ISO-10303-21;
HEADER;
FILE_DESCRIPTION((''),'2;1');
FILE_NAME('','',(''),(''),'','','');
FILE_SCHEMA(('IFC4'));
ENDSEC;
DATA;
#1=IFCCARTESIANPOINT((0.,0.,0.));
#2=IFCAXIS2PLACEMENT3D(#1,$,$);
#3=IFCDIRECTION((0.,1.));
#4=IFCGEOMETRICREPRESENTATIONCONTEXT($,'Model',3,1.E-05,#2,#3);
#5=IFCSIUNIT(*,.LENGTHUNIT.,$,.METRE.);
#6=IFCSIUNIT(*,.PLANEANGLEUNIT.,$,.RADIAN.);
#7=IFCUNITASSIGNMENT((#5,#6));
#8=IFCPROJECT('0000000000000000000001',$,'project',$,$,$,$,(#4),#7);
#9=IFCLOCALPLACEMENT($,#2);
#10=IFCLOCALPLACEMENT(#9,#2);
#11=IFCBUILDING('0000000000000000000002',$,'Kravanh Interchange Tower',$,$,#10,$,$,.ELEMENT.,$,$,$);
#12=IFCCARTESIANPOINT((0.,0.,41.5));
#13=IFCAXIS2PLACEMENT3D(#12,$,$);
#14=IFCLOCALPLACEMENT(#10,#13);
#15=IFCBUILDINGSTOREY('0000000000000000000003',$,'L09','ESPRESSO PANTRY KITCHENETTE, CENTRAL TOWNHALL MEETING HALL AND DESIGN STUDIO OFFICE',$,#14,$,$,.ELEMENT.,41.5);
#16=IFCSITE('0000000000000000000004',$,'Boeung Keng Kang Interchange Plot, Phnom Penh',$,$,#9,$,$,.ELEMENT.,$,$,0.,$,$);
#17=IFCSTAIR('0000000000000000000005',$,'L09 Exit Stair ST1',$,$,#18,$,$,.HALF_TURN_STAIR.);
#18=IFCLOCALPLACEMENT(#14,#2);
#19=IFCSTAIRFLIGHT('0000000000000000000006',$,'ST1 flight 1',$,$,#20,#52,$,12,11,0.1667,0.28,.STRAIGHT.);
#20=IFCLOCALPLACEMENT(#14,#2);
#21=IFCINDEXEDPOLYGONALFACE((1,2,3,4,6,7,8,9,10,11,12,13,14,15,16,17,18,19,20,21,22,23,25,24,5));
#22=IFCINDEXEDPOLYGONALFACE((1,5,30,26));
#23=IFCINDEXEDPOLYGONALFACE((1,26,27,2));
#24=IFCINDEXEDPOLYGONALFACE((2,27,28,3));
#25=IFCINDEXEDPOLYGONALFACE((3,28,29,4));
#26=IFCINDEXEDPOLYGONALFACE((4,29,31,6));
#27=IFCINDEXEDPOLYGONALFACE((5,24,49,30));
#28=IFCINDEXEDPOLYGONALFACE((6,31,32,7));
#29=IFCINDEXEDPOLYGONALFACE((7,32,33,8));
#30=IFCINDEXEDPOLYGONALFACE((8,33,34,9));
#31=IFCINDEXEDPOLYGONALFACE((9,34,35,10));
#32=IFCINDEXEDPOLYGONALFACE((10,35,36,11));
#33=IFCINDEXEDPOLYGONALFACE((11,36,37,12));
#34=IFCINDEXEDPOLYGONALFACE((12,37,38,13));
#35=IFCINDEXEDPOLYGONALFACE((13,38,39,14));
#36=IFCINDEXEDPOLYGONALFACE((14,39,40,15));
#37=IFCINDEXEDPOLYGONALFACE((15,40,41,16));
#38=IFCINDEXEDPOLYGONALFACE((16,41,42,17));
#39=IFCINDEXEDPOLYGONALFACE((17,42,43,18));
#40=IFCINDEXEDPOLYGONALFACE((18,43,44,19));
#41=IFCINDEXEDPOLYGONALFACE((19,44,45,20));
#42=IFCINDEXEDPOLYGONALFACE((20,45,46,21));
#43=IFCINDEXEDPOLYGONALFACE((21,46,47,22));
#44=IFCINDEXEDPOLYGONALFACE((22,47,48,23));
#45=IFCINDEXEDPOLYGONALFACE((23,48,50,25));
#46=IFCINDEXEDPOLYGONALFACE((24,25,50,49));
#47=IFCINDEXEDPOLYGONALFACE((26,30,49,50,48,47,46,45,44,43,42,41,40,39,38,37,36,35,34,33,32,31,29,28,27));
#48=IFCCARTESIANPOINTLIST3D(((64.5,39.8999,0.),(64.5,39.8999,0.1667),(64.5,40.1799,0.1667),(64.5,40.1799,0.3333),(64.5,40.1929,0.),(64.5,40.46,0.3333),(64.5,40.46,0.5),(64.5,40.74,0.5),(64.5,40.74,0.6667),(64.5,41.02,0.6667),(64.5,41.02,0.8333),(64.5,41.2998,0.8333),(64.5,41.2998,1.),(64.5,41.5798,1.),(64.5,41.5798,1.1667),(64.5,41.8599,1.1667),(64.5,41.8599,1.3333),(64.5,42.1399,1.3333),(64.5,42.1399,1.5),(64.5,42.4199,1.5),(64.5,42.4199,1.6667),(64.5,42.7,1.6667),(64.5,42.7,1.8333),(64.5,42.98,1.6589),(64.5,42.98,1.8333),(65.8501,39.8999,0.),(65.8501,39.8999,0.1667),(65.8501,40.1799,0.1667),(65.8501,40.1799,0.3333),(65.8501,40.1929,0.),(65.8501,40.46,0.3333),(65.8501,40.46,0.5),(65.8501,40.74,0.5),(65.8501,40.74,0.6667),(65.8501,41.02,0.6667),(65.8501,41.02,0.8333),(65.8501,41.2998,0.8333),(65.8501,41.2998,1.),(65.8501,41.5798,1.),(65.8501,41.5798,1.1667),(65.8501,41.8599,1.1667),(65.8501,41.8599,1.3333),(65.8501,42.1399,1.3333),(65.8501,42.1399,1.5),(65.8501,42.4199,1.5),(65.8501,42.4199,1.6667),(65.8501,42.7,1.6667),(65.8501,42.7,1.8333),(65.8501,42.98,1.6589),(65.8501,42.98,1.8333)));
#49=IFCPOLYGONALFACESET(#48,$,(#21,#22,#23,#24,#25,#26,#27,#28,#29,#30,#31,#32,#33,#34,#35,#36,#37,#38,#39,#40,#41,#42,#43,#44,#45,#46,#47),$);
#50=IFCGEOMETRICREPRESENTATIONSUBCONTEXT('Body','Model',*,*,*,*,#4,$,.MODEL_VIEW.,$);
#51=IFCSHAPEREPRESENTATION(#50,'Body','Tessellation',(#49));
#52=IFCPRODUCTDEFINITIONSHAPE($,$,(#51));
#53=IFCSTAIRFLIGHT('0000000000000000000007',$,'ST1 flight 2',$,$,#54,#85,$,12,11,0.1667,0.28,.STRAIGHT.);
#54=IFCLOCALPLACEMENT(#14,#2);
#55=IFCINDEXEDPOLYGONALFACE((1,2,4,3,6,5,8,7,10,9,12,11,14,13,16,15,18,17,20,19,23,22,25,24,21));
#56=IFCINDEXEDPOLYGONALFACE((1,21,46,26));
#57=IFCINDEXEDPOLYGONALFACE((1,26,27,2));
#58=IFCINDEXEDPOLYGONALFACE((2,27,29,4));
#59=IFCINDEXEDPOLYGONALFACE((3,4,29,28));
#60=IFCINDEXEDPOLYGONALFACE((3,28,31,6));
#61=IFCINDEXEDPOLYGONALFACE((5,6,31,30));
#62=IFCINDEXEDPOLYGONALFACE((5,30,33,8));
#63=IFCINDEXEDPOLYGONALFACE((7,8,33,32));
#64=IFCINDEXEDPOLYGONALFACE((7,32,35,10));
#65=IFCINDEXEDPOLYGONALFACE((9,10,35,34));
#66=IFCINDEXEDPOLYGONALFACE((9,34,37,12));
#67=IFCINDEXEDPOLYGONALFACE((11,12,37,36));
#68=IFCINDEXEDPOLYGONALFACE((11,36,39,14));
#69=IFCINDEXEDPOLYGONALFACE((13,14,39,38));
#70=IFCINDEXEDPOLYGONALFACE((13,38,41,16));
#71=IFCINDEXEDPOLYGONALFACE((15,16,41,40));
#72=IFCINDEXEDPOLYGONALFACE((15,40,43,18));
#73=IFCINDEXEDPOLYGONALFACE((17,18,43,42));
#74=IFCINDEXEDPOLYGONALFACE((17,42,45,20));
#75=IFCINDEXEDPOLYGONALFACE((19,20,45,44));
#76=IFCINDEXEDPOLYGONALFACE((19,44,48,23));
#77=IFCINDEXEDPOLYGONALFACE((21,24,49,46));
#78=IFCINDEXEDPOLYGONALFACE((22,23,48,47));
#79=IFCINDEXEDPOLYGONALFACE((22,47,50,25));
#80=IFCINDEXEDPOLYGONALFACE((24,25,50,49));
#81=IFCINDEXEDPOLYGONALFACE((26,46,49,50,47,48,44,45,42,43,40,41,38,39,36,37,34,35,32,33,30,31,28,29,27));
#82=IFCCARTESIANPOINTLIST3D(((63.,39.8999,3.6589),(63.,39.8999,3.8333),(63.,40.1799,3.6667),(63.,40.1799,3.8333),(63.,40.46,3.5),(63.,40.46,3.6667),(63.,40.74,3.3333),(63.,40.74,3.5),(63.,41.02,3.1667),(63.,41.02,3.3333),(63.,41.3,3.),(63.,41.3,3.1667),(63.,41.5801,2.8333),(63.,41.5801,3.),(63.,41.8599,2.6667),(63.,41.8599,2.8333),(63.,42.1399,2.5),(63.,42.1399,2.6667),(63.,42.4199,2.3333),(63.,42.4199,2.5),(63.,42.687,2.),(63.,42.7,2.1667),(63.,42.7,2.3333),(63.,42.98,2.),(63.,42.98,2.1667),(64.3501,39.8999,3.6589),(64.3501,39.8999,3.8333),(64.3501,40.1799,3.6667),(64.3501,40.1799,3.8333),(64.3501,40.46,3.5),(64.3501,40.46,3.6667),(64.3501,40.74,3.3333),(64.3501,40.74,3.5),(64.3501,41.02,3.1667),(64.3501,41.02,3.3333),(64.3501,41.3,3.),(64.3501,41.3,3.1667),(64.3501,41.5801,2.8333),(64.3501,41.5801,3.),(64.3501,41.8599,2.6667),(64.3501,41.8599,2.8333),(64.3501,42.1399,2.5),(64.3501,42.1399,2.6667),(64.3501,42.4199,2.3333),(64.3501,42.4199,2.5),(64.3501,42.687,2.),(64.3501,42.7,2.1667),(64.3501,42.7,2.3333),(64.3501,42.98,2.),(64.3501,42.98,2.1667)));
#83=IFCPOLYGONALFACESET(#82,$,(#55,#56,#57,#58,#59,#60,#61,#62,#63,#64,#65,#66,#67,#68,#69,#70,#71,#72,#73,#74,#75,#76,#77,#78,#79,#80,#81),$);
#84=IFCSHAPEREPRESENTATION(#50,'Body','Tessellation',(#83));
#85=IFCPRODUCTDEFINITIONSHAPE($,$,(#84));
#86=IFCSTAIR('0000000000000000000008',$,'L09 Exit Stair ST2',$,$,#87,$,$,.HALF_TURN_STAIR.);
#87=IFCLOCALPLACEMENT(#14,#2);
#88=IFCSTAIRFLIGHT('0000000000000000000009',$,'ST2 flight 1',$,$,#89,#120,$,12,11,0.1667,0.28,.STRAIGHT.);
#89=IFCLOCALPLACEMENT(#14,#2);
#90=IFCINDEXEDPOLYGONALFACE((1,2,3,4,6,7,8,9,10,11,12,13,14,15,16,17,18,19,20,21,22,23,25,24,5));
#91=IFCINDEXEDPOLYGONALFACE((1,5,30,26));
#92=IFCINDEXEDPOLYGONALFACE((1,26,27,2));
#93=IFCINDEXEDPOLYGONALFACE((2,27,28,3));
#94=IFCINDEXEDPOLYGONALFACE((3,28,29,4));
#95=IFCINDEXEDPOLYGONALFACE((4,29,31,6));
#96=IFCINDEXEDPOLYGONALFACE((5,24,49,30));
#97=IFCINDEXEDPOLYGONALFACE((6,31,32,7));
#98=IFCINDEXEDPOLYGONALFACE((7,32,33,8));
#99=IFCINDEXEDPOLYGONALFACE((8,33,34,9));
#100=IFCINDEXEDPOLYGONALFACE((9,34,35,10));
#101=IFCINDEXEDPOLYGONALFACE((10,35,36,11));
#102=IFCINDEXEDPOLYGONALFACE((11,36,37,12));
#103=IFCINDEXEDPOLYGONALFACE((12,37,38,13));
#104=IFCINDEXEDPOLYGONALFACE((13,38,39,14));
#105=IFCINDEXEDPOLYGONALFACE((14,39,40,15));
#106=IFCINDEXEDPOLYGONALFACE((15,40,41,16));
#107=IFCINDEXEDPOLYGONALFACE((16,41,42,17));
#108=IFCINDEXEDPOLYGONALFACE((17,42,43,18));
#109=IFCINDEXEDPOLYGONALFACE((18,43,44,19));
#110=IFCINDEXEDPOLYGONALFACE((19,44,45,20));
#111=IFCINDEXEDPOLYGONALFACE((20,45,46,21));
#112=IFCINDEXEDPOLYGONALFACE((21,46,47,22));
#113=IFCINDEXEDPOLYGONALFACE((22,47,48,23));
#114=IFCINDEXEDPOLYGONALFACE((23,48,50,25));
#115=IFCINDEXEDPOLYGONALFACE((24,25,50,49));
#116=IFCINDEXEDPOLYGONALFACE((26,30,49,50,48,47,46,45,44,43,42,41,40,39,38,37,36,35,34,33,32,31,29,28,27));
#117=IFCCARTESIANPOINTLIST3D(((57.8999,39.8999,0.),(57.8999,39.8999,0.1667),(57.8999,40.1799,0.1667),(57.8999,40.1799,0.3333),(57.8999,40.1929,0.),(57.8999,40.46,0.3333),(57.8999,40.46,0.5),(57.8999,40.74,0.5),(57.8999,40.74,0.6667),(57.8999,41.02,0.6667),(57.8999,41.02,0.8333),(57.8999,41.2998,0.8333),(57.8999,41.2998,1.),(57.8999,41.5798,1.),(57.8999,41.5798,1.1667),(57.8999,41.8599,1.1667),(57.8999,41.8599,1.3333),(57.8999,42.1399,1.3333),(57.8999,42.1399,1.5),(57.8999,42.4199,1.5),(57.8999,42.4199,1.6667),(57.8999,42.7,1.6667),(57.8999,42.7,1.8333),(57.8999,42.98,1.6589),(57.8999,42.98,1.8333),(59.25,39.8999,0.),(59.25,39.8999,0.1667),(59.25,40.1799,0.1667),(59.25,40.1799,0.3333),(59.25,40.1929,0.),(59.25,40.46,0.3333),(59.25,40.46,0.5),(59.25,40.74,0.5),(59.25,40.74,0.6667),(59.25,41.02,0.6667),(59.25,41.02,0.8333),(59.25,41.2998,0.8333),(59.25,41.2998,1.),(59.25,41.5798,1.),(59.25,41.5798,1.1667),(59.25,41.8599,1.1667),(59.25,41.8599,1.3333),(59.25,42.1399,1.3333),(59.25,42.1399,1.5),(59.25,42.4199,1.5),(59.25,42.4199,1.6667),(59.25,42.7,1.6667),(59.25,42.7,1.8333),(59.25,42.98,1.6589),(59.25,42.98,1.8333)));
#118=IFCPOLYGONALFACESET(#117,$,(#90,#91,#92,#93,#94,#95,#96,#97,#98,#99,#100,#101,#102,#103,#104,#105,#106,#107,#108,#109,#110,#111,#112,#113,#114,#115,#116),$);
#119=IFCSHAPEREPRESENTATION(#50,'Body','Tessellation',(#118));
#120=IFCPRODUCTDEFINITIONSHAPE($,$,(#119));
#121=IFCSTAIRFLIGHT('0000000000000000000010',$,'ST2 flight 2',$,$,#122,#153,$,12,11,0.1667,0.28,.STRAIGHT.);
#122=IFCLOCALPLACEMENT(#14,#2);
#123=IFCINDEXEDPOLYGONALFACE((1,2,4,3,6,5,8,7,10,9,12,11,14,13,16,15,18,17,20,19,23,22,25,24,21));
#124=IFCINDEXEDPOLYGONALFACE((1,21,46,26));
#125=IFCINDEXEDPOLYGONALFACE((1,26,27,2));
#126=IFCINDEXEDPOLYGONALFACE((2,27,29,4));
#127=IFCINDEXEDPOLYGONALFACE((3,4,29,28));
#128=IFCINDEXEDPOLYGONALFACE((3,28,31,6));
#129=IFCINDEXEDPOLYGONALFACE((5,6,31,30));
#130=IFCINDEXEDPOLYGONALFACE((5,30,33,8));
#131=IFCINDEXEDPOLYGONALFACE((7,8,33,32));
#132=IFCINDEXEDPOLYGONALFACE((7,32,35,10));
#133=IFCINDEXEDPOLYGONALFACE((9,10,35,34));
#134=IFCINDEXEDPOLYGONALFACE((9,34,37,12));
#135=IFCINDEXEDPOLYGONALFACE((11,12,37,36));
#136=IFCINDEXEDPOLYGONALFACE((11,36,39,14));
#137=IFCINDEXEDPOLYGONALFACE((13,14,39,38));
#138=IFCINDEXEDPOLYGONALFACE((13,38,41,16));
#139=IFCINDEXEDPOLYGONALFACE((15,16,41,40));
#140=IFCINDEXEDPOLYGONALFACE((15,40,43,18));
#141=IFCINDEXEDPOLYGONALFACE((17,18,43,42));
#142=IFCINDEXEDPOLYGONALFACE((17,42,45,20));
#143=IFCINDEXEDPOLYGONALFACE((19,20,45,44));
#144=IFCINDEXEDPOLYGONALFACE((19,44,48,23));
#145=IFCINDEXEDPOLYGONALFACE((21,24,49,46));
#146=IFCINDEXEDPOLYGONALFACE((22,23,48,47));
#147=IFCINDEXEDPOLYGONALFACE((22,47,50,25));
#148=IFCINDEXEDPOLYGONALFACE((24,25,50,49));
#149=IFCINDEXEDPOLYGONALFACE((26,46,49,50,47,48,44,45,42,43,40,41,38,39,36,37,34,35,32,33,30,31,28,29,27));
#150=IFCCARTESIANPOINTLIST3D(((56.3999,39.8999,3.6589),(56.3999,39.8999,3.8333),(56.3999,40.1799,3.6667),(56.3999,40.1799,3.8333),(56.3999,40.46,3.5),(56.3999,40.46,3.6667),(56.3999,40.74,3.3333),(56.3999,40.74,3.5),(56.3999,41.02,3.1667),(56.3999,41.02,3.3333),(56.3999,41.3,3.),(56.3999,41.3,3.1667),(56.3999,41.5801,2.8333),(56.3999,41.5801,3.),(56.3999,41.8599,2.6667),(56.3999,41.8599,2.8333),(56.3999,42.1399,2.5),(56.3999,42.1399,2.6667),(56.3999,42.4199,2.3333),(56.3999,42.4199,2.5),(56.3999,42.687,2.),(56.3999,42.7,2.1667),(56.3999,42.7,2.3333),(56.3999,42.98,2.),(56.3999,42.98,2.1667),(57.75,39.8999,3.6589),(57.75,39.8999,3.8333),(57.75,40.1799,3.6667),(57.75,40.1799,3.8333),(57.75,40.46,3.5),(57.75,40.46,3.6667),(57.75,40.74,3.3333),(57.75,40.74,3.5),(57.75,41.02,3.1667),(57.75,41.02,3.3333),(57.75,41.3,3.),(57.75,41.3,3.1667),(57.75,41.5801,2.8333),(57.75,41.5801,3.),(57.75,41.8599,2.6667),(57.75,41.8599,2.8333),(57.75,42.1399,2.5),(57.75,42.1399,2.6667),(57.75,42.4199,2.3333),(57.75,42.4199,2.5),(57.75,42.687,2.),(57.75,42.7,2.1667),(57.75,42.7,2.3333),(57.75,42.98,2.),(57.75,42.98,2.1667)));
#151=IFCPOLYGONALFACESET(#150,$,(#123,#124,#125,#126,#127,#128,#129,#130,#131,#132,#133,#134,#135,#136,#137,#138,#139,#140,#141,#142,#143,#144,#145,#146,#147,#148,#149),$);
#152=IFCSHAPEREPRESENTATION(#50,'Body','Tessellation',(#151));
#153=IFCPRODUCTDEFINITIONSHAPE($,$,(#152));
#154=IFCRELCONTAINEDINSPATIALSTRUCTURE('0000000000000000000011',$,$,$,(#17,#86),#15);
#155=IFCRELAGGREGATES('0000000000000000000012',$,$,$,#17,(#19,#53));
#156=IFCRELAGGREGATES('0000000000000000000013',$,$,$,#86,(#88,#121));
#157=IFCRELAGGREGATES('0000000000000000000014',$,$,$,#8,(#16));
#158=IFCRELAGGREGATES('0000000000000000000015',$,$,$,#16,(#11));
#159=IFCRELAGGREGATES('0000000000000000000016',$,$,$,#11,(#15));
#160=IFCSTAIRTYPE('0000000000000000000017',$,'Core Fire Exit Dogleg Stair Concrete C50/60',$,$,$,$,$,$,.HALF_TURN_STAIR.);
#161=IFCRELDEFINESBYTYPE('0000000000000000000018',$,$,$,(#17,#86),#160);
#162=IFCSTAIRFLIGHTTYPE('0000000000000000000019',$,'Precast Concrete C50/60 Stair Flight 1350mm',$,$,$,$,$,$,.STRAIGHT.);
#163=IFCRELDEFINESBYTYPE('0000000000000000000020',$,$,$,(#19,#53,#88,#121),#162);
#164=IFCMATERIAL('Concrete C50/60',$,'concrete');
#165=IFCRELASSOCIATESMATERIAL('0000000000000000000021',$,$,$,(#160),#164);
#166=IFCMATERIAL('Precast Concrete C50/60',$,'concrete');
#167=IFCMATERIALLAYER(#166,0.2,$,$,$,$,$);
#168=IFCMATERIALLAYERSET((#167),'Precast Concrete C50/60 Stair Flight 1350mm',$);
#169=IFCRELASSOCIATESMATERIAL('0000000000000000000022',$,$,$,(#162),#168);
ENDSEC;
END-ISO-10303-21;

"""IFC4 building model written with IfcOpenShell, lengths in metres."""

from ifc_helpers import new_model, si_unit, direction, frame, origin, place, context, subcontext, project, spatial, polyline, outline, extrude, material, layer, layer_set, type_object, element, aggregate, save


model = new_model("IFC4")

# Units and contexts
model_context = context("Model", 3, precision=1e-05, world=origin(), true_north=direction((0.0, 1.0)))
body_context = subcontext(model_context, "Body", "Model", "MODEL_VIEW")
ifc_project = project(units=[si_unit("LENGTHUNIT", "METRE"), si_unit("PLANEANGLEUNIT", "RADIAN")], contexts=[model_context])

# Site, building, storey
site_placement = place(None, origin())
site = spatial("IfcSite", under=ifc_project, at=site_placement, Name="Boeung Keng Kang Interchange Plot, Phnom Penh", CompositionType="ELEMENT", RefElevation=0.0)
building_placement = place(site_placement, origin())
building = spatial("IfcBuilding", under=site, at=building_placement, Name="Kravanh Interchange Tower", CompositionType="ELEMENT")
storey_placement = place(building_placement, frame((0.0, 0.0, 41.5)))
storey = spatial("IfcBuildingStorey", under=building, at=storey_placement, Name="L09", Description="ESPRESSO PANTRY KITCHENETTE, CENTRAL TOWNHALL MEETING HALL AND DESIGN STUDIO OFFICE", CompositionType="ELEMENT", Elevation=41.5)

# Stairs, stair flights
ifc_material_1 = material(Name="Concrete C50/60", Category="concrete")
stair_type = type_object("IfcStairType", Name="Core Fire Exit Dogleg Stair Concrete C50/60", PredefinedType="HALF_TURN_STAIR", material=ifc_material_1)
stair_1_placement = place(storey_placement, origin())
stair_1 = element("IfcStair", 1, at=stair_1_placement, inside=storey, type_object=stair_type, Name="L09 Exit Stair ST1", PredefinedType="HALF_TURN_STAIR")
ifc_material_2 = material(Name="Precast Concrete C50/60", Category="concrete")
ifc_layer_1 = layer(ifc_material_2, 0.2)
ifc_layer_set_1 = layer_set([ifc_layer_1], Name="Precast Concrete C50/60 Stair Flight 1350mm")
stair_flight_type = type_object("IfcStairFlightType", Name="Precast Concrete C50/60 Stair Flight 1350mm", PredefinedType="STRAIGHT", material=ifc_layer_set_1)
stair_flight_1_placement = place(storey_placement, frame((65.175, 39.8999, 0.0), z_axis=(0.0, 0.0, 1.0), x_axis=(0.0, 1.0, 0.0)))
stair_flight_1 = element("IfcStairFlight", 2, at=stair_flight_1_placement, type_object=stair_flight_type, Name="ST1 flight 1", NumberOfRisers=12, NumberOfTreads=11, PredefinedType="STRAIGHT", RiserHeight=0.1667, TreadLength=0.28, context=body_context, shape_type="SweptSolid", body=[
    extrude(outline(polyline([(0.0, 0.0), (0.0, 0.1667), (0.28, 0.1667), (0.28, 0.3333), (0.5601, 0.3333), (0.5601, 0.5), (0.8401, 0.5), (0.8401, 0.6667), (1.1201, 0.6667), (1.1201, 0.8333), (1.3999, 0.8333), (1.3999, 1.0), (1.6799, 1.0), (1.6799, 1.1667), (1.96, 1.1667), (1.96, 1.3333), (2.24, 1.3333), (2.24, 1.5), (2.52, 1.5), (2.52, 1.6667), (2.8, 1.6667), (2.8, 1.8333), (3.0801, 1.8333), (3.0801, 2.0), (3.0801, 1.6589), (0.293, 0.0), (0.0, 0.0)])), frame((0.0, 0.675, 0.0), z_axis=(0.0, -1.0, 0.0), x_axis=(1.0, 0.0, 0.0)), (0.0, 0.0, 1.0), 1.3501),
])
stair_flight_2_placement = place(storey_placement, frame((63.675, 42.98, 2.0), z_axis=(0.0, 0.0, 1.0), x_axis=(0.0, -1.0, 0.0)))
stair_flight_2 = element("IfcStairFlight", 3, at=stair_flight_2_placement, type_object=stair_flight_type, Name="ST1 flight 2", NumberOfRisers=12, NumberOfTreads=11, PredefinedType="STRAIGHT", RiserHeight=0.1667, TreadLength=0.28, context=body_context, shape_type="SweptSolid", body=[
    extrude(outline(polyline([(0.0, 0.0), (0.0, 0.1667), (0.28, 0.1667), (0.28, 0.3333), (0.5601, 0.3333), (0.5601, 0.5), (0.8401, 0.5), (0.8401, 0.6667), (1.1201, 0.6667), (1.1201, 0.8333), (1.3999, 0.8333), (1.3999, 1.0), (1.6799, 1.0), (1.6799, 1.1667), (1.96, 1.1667), (1.96, 1.3333), (2.24, 1.3333), (2.24, 1.5), (2.52, 1.5), (2.52, 1.6667), (2.8, 1.6667), (2.8, 1.8333), (3.0801, 1.8333), (3.0801, 2.0), (3.0801, 1.6589), (0.293, 0.0), (0.0, 0.0)])), frame((0.0, 0.675, 0.0), z_axis=(0.0, -1.0, 0.0), x_axis=(1.0, 0.0, 0.0)), (0.0, 0.0, 1.0), 1.3501),
])
aggregate(stair_1, [stair_flight_1, stair_flight_2])
stair_2_placement = place(storey_placement, origin())
stair_2 = element("IfcStair", 4, at=stair_2_placement, inside=storey, type_object=stair_type, Name="L09 Exit Stair ST2", PredefinedType="HALF_TURN_STAIR")
stair_flight_3_placement = place(storey_placement, frame((58.575, 39.8999, 0.0), z_axis=(0.0, 0.0, 1.0), x_axis=(0.0, 1.0, 0.0)))
stair_flight_3 = element("IfcStairFlight", 5, at=stair_flight_3_placement, type_object=stair_flight_type, Name="ST2 flight 1", NumberOfRisers=12, NumberOfTreads=11, PredefinedType="STRAIGHT", RiserHeight=0.1667, TreadLength=0.28, context=body_context, shape_type="SweptSolid", body=[
    extrude(outline(polyline([(0.0, 0.0), (0.0, 0.1667), (0.28, 0.1667), (0.28, 0.3333), (0.5601, 0.3333), (0.5601, 0.5), (0.8401, 0.5), (0.8401, 0.6667), (1.1201, 0.6667), (1.1201, 0.8333), (1.3999, 0.8333), (1.3999, 1.0), (1.6799, 1.0), (1.6799, 1.1667), (1.96, 1.1667), (1.96, 1.3333), (2.24, 1.3333), (2.24, 1.5), (2.52, 1.5), (2.52, 1.6667), (2.8, 1.6667), (2.8, 1.8333), (3.0801, 1.8333), (3.0801, 2.0), (3.0801, 1.6589), (0.293, 0.0), (0.0, 0.0)])), frame((0.0, 0.675, 0.0), z_axis=(0.0, -1.0, 0.0), x_axis=(1.0, 0.0, 0.0)), (0.0, 0.0, 1.0), 1.3501),
])
stair_flight_4_placement = place(storey_placement, frame((57.075, 42.98, 2.0), z_axis=(0.0, 0.0, 1.0), x_axis=(0.0, -1.0, 0.0)))
stair_flight_4 = element("IfcStairFlight", 6, at=stair_flight_4_placement, type_object=stair_flight_type, Name="ST2 flight 2", NumberOfRisers=12, NumberOfTreads=11, PredefinedType="STRAIGHT", RiserHeight=0.1667, TreadLength=0.28, context=body_context, shape_type="SweptSolid", body=[
    extrude(outline(polyline([(0.0, 0.0), (0.0, 0.1667), (0.28, 0.1667), (0.28, 0.3333), (0.5601, 0.3333), (0.5601, 0.5), (0.8401, 0.5), (0.8401, 0.6667), (1.1201, 0.6667), (1.1201, 0.8333), (1.3999, 0.8333), (1.3999, 1.0), (1.6799, 1.0), (1.6799, 1.1667), (1.96, 1.1667), (1.96, 1.3333), (2.24, 1.3333), (2.24, 1.5), (2.52, 1.5), (2.52, 1.6667), (2.8, 1.6667), (2.8, 1.8333), (3.0801, 1.8333), (3.0801, 2.0), (3.0801, 1.6589), (0.293, 0.0), (0.0, 0.0)])), frame((0.0, 0.675, 0.0), z_axis=(0.0, -1.0, 0.0), x_axis=(1.0, 0.0, 0.0)), (0.0, 0.0, 1.0), 1.3501),
])
aggregate(stair_2, [stair_flight_3, stair_flight_4])

save(model, "model.ifc")
